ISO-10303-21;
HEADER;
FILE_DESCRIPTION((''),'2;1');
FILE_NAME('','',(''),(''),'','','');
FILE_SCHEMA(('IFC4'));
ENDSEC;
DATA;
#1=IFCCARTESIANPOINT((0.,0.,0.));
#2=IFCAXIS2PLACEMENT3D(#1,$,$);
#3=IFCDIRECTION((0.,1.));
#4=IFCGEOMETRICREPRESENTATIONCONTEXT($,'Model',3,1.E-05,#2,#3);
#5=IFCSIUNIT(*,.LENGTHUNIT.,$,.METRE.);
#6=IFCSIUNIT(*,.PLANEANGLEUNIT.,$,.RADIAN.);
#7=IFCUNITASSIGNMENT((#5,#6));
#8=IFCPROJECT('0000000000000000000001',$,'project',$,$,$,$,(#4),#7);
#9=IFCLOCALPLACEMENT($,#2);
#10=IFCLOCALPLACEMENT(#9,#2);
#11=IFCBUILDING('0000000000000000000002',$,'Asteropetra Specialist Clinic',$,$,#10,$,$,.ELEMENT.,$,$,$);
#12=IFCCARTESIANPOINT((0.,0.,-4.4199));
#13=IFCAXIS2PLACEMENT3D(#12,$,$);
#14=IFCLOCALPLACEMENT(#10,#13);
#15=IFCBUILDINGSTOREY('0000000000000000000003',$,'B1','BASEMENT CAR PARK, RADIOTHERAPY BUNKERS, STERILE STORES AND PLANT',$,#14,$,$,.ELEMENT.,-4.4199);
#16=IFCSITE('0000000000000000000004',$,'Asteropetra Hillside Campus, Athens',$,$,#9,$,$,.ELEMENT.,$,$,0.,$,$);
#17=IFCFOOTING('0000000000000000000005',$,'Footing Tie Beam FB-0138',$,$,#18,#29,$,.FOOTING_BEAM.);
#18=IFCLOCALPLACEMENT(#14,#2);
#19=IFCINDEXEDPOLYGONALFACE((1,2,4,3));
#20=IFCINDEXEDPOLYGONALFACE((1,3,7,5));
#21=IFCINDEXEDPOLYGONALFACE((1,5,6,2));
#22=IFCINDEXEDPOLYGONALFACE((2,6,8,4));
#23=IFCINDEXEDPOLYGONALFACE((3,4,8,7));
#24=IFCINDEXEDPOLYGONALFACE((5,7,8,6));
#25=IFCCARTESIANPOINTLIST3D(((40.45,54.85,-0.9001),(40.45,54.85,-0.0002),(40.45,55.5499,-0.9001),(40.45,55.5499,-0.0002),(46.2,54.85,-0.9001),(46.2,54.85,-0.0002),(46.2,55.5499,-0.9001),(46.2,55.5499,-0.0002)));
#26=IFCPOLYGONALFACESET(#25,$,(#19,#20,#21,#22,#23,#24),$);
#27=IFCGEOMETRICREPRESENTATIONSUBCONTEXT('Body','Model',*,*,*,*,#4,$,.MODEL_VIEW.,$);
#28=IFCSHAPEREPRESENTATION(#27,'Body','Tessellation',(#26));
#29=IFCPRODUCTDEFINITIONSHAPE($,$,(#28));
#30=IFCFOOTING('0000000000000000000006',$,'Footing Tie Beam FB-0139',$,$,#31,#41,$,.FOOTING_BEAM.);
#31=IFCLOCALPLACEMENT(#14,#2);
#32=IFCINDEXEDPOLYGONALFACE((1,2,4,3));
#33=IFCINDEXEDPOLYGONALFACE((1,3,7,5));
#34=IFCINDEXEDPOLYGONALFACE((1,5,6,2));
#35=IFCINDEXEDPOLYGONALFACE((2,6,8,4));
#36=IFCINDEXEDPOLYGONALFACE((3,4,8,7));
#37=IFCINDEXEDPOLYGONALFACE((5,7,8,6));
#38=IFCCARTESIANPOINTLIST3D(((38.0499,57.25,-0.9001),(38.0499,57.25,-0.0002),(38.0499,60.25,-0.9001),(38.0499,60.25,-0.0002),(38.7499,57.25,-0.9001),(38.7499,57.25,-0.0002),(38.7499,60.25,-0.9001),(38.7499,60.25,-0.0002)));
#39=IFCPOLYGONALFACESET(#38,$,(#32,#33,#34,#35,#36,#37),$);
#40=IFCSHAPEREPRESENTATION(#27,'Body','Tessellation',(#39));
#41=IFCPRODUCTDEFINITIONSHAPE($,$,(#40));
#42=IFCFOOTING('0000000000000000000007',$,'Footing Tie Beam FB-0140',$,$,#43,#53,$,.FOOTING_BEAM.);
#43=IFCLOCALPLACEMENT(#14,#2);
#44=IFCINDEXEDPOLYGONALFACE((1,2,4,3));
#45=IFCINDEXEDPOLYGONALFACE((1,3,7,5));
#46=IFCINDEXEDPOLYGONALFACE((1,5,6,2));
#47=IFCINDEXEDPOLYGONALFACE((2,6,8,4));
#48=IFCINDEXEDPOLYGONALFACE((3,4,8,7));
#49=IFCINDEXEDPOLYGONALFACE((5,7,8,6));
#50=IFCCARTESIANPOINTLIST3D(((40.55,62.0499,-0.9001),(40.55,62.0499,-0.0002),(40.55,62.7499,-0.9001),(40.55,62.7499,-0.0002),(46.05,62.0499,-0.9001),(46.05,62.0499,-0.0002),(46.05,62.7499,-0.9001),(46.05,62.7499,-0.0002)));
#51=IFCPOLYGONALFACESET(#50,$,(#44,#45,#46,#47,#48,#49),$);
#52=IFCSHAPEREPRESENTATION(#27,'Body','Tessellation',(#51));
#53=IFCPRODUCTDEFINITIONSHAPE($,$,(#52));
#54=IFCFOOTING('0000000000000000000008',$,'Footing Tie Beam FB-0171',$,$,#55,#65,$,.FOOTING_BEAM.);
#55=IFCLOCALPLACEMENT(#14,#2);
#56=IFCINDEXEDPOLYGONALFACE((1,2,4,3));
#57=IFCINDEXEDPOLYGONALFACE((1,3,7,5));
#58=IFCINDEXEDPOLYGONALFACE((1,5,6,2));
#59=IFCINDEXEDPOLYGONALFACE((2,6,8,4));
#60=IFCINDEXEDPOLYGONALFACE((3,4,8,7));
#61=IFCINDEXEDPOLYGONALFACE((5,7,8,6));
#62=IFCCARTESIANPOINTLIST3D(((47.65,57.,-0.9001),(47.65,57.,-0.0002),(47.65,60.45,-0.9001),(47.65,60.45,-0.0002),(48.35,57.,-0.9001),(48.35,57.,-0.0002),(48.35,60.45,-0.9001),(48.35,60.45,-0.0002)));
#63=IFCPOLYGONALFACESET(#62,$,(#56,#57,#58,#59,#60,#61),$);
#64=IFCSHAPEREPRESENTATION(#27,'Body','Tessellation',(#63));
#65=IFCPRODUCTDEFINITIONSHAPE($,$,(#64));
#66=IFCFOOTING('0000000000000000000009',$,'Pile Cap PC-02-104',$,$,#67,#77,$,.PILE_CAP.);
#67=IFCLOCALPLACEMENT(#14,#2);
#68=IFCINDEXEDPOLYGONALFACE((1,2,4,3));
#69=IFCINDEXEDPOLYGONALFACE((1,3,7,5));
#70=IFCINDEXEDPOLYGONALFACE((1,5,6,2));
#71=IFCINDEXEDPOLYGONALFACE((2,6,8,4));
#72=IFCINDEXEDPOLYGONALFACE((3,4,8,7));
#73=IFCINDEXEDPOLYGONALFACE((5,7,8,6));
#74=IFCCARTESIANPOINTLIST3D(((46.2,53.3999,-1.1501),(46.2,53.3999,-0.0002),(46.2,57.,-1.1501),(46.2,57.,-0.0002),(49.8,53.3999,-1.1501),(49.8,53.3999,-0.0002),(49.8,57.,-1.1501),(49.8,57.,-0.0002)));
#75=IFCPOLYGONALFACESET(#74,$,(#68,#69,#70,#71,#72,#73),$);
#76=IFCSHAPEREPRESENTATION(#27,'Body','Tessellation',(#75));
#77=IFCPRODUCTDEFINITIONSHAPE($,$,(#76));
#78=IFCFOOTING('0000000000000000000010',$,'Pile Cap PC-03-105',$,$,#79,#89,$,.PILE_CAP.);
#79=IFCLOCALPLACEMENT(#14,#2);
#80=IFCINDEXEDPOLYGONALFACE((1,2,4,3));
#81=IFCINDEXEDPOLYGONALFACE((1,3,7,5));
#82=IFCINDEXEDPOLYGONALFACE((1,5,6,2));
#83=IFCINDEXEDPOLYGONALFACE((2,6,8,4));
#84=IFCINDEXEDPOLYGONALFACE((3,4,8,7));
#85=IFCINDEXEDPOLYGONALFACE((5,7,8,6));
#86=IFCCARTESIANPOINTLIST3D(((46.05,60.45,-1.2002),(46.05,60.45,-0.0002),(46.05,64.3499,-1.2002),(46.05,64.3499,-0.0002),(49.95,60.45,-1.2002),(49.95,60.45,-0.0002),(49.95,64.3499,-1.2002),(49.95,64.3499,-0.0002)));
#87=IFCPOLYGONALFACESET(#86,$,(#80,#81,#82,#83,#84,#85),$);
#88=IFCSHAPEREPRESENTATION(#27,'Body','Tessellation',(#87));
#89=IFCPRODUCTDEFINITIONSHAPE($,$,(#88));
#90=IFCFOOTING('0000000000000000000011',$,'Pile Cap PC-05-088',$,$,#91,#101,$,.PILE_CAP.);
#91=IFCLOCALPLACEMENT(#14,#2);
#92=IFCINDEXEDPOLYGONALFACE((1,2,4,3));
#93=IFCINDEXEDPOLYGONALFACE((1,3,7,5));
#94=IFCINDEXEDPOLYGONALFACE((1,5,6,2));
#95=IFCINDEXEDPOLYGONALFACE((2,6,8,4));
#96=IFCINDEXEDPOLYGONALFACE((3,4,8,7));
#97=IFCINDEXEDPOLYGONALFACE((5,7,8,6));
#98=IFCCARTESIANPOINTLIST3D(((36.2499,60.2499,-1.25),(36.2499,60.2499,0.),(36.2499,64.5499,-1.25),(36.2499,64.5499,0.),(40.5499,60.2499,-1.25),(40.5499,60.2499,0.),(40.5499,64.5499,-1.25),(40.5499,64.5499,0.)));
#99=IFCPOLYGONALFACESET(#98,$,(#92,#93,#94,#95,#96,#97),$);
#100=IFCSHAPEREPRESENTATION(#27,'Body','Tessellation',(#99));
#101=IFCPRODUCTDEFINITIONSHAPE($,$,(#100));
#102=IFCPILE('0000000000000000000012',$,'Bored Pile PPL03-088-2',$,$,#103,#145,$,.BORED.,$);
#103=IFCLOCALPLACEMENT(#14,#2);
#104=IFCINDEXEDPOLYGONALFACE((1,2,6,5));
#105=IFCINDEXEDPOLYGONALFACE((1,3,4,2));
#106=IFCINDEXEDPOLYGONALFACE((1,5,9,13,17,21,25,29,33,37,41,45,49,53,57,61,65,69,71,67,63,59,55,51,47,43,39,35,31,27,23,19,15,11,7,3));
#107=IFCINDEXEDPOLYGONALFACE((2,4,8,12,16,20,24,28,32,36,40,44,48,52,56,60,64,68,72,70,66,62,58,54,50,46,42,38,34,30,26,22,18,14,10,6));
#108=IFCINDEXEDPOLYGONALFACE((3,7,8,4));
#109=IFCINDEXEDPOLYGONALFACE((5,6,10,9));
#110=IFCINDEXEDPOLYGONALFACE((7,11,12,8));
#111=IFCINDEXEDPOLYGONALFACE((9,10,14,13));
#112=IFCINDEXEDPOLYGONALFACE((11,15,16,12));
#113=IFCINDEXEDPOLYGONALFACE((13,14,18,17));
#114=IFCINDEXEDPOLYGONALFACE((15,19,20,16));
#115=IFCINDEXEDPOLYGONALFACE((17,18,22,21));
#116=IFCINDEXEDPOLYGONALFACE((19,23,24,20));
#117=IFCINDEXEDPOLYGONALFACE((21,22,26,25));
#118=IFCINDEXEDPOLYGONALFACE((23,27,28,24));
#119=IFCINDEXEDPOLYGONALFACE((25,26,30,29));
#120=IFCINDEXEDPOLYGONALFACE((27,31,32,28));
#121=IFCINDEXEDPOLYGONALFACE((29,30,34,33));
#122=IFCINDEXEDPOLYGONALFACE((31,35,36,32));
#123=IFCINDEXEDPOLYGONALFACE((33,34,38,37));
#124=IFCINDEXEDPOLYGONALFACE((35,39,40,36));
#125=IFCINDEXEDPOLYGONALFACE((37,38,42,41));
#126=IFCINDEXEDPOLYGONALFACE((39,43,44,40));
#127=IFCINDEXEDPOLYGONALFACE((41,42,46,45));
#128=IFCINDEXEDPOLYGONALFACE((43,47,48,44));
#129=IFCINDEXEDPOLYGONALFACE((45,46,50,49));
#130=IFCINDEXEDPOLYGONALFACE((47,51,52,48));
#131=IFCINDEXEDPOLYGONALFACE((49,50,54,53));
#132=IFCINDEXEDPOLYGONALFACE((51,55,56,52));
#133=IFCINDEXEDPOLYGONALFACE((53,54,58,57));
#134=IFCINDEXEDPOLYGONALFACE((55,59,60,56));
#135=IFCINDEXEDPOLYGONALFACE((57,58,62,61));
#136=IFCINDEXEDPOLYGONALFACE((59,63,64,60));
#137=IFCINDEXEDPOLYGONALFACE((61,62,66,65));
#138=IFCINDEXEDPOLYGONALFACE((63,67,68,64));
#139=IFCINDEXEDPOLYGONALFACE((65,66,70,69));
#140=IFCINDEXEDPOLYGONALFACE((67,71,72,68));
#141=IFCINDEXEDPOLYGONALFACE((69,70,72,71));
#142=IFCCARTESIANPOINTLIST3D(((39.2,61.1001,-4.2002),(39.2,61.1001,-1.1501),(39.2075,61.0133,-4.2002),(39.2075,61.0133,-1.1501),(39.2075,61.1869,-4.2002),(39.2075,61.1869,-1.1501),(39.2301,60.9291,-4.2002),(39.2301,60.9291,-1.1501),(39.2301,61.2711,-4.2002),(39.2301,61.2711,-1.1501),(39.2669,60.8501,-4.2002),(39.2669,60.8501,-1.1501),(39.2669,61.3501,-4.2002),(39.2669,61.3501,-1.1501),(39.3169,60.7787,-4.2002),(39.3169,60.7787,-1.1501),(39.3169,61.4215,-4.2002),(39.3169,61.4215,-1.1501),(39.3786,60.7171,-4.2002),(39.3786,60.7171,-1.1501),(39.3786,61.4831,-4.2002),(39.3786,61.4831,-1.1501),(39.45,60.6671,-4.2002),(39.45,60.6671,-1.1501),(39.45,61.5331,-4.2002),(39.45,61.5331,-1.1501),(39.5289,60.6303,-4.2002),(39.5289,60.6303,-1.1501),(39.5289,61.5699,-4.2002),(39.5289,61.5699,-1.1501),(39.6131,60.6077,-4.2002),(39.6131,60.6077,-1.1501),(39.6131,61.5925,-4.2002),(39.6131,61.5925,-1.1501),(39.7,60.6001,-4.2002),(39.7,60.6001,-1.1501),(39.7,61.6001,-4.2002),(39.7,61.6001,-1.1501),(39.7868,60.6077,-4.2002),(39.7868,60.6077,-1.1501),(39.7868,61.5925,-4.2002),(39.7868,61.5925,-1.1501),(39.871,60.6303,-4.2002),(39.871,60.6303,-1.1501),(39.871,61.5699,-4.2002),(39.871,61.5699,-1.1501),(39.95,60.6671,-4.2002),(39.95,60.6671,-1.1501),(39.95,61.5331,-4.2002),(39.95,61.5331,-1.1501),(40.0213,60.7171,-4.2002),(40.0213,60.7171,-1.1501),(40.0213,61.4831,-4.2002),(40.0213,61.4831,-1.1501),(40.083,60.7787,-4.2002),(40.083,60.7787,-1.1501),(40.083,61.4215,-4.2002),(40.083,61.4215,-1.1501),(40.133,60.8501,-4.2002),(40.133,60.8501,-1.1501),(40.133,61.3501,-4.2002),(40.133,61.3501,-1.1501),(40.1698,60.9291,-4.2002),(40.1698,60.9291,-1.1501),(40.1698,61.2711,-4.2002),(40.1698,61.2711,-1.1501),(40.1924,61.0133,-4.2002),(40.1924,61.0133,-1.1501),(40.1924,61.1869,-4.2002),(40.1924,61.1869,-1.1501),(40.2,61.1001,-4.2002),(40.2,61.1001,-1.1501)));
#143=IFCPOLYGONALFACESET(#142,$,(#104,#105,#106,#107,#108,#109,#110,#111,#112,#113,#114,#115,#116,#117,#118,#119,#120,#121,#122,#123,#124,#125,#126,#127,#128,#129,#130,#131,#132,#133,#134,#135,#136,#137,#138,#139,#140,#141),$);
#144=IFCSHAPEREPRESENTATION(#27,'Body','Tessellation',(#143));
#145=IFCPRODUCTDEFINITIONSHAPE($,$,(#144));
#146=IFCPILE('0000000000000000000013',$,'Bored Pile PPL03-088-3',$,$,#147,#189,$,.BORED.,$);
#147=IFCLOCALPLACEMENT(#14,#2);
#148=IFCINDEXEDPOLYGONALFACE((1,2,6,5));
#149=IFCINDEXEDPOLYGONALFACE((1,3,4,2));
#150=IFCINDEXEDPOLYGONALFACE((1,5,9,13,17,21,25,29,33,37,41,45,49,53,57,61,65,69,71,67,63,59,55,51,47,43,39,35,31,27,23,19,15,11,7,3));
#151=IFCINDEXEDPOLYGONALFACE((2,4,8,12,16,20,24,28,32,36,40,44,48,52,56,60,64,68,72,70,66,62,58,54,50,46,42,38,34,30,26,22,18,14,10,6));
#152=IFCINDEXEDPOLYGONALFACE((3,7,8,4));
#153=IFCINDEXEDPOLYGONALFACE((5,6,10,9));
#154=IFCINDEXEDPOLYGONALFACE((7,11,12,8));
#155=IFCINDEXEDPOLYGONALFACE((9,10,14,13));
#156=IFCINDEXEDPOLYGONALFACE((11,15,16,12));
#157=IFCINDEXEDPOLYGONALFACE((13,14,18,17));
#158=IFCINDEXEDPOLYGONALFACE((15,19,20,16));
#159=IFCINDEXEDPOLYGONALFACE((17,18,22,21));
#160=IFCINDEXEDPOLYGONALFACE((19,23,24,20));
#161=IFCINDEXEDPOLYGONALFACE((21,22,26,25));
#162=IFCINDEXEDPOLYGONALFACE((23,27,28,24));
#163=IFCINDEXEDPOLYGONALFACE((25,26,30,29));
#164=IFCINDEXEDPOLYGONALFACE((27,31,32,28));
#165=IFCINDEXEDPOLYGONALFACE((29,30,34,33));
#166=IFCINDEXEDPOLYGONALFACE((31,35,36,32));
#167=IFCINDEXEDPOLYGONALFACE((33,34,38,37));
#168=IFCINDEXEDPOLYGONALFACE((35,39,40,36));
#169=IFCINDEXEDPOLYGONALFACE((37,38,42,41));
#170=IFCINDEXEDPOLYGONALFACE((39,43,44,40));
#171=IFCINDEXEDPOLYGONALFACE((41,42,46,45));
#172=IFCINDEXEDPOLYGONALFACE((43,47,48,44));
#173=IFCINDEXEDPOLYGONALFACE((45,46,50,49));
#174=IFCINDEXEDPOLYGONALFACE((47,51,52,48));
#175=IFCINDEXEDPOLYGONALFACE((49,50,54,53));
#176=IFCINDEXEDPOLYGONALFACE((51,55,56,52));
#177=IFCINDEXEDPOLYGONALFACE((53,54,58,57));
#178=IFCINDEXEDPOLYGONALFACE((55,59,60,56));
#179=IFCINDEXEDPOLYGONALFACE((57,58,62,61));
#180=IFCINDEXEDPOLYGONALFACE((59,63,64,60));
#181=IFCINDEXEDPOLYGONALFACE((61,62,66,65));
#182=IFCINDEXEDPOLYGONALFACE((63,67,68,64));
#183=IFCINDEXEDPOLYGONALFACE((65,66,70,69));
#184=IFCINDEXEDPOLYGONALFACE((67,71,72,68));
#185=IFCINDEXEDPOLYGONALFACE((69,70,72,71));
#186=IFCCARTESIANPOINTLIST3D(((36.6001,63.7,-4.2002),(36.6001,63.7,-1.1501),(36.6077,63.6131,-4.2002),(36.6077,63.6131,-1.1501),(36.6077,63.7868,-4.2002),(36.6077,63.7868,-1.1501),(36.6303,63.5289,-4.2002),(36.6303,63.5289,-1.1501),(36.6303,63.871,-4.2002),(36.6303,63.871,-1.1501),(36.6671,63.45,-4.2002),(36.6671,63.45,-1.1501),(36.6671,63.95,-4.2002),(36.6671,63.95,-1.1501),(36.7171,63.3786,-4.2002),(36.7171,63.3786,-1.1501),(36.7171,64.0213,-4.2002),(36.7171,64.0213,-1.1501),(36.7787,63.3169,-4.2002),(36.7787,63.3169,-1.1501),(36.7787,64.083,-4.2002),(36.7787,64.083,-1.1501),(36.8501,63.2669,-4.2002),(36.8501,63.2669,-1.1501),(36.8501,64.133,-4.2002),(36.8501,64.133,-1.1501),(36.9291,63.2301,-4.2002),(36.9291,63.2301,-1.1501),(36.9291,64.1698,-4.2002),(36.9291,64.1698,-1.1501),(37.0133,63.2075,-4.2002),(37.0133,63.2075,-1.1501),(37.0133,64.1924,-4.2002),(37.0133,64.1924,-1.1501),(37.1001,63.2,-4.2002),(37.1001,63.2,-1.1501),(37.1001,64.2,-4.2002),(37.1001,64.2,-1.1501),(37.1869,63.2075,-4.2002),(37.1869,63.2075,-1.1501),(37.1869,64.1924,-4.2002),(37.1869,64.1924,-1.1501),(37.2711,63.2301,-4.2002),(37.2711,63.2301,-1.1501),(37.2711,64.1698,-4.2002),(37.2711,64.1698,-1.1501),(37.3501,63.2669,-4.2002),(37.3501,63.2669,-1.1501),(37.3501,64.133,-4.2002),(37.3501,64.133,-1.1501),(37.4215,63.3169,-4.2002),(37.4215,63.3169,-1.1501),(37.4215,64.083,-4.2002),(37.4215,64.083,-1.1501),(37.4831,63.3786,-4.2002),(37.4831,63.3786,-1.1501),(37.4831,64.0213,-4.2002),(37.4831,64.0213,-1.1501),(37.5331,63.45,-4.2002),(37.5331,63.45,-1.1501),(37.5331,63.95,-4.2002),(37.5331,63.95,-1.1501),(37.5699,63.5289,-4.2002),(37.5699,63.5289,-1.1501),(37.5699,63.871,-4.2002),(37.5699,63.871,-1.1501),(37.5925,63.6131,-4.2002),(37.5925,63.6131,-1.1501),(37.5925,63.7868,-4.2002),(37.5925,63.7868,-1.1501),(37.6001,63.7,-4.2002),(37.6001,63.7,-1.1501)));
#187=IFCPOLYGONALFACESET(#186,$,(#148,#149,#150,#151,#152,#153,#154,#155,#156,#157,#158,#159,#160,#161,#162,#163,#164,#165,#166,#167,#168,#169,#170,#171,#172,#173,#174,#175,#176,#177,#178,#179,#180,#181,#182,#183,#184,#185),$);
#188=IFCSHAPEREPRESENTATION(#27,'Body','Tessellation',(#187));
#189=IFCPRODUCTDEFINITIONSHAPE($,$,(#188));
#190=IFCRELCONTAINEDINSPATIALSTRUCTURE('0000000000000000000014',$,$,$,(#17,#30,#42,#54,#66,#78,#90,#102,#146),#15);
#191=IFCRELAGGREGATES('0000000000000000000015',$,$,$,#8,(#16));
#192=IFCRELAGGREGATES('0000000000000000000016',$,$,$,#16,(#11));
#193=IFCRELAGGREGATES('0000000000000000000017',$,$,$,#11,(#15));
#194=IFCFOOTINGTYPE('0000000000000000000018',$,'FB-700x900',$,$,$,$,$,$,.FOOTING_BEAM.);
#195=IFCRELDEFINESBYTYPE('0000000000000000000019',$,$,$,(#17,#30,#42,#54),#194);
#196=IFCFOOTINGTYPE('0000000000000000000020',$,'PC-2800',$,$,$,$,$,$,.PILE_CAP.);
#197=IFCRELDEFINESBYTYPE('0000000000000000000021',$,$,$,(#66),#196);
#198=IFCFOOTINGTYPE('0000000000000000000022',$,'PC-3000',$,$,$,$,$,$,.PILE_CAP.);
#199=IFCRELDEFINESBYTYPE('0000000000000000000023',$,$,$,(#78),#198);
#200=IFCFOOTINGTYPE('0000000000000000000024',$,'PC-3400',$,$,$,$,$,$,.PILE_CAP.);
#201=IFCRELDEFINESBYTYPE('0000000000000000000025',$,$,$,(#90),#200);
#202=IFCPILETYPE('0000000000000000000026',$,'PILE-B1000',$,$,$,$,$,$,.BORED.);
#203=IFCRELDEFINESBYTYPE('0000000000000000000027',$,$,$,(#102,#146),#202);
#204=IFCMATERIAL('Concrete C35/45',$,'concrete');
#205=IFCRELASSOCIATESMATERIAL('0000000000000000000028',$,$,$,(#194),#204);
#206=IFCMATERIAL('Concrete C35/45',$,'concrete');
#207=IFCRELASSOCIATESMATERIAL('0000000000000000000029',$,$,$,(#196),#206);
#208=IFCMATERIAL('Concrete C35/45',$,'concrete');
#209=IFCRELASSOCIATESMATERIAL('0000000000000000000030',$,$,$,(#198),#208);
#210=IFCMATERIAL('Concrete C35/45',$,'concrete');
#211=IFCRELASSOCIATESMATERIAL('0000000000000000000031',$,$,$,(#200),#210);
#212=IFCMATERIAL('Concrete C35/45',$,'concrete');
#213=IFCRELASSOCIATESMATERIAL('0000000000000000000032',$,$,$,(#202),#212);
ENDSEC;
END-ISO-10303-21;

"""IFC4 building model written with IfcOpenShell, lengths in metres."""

from ifc_helpers import new_model, si_unit, direction, frame, origin, origin_2d, place, context, subcontext, project, spatial, rectangle, circle, extrude, material, material_profile, profile_set, type_object, element, save


model = new_model("IFC4")

# Units and contexts
model_context = context("Model", 3, precision=1e-05, world=origin(), true_north=direction((0.0, 1.0)))
body_context = subcontext(model_context, "Body", "Model", "MODEL_VIEW")
ifc_project = project(units=[si_unit("LENGTHUNIT", "METRE"), si_unit("PLANEANGLEUNIT", "RADIAN")], contexts=[model_context])

# Site, building, storey
site_placement = place(None, origin())
site = spatial("IfcSite", under=ifc_project, at=site_placement, Name="Asteropetra Hillside Campus, Athens", CompositionType="ELEMENT", RefElevation=0.0)
building_placement = place(site_placement, origin())
building = spatial("IfcBuilding", under=site, at=building_placement, Name="Asteropetra Specialist Clinic", CompositionType="ELEMENT")
storey_placement = place(building_placement, frame((0.0, 0.0, -4.4199)))
storey = spatial("IfcBuildingStorey", under=building, at=storey_placement, Name="B1", Description="BASEMENT CAR PARK, RADIOTHERAPY BUNKERS, STERILE STORES AND PLANT", CompositionType="ELEMENT", Elevation=-4.4199)

# Footings
ifc_material_1 = material(Name="Concrete C35/45", Category="concrete")
ifc_material_profile_1 = material_profile(ifc_material_1, rectangle(XDim=0.7, YDim=0.8999, at=origin_2d()), Name="FB 700x900")
ifc_profile_set_1 = profile_set([ifc_material_profile_1], Name="Concrete C35/45")
footing_type_1 = type_object("IfcFootingType", Name="FB-700x900", PredefinedType="FOOTING_BEAM", material=ifc_profile_set_1)
footing_1_placement = place(storey_placement, frame((40.45, 55.2, -0.4502), z_axis=(1.0, 0.0, 0.0), x_axis=(0.0, 1.0, 0.0)))
element("IfcFooting", 1, at=footing_1_placement, inside=storey, type_object=footing_type_1, Name="Footing Tie Beam FB-0138", PredefinedType="FOOTING_BEAM", context=body_context, shape_type="SweptSolid", body=[
    extrude(rectangle(XDim=0.7, YDim=0.8999, at=origin_2d()), origin(), (0.0, 0.0, 1.0), 5.75),
])
footing_2_placement = place(storey_placement, frame((38.3999, 57.25, -0.4502), z_axis=(0.0, 1.0, 0.0), x_axis=(-1.0, 0.0, 0.0)))
element("IfcFooting", 2, at=footing_2_placement, inside=storey, type_object=footing_type_1, Name="Footing Tie Beam FB-0139", PredefinedType="FOOTING_BEAM", context=body_context, shape_type="SweptSolid", body=[
    extrude(rectangle(XDim=0.7, YDim=0.8999, at=origin_2d()), origin(), (0.0, 0.0, 1.0), 3.0),
])
footing_3_placement = place(storey_placement, frame((40.55, 62.3999, -0.4502), z_axis=(1.0, 0.0, 0.0), x_axis=(0.0, 1.0, 0.0)))
element("IfcFooting", 3, at=footing_3_placement, inside=storey, type_object=footing_type_1, Name="Footing Tie Beam FB-0140", PredefinedType="FOOTING_BEAM", context=body_context, shape_type="SweptSolid", body=[
    extrude(rectangle(XDim=0.7, YDim=0.8999, at=origin_2d()), origin(), (0.0, 0.0, 1.0), 5.5),
])
footing_4_placement = place(storey_placement, frame((48.0, 57.0, -0.4502), z_axis=(0.0, 1.0, 0.0), x_axis=(-1.0, 0.0, 0.0)))
element("IfcFooting", 4, at=footing_4_placement, inside=storey, type_object=footing_type_1, Name="Footing Tie Beam FB-0171", PredefinedType="FOOTING_BEAM", context=body_context, shape_type="SweptSolid", body=[
    extrude(rectangle(XDim=0.7, YDim=0.8999, at=origin_2d()), origin(), (0.0, 0.0, 1.0), 3.45),
])
ifc_material_2 = material(Name="Concrete C35/45", Category="concrete")
footing_type_2 = type_object("IfcFootingType", Name="PC-2800", PredefinedType="PILE_CAP", material=ifc_material_2)
footing_5_placement = place(storey_placement, frame((48.0, 55.2, -1.1501), z_axis=(0.0, 0.0, 1.0), x_axis=(1.0, 0.0, 0.0)))
element("IfcFooting", 5, at=footing_5_placement, inside=storey, type_object=footing_type_2, Name="Pile Cap PC-02-104", PredefinedType="PILE_CAP", context=body_context, shape_type="SweptSolid", body=[
    extrude(rectangle(XDim=3.6001, YDim=3.6001, at=origin_2d()), origin(), (0.0, 0.0, 1.0), 1.1499),
])
ifc_material_3 = material(Name="Concrete C35/45", Category="concrete")
footing_type_3 = type_object("IfcFootingType", Name="PC-3000", PredefinedType="PILE_CAP", material=ifc_material_3)
footing_6_placement = place(storey_placement, frame((48.0, 62.3999, -1.2002), z_axis=(0.0, 0.0, 1.0), x_axis=(1.0, 0.0, 0.0)))
element("IfcFooting", 6, at=footing_6_placement, inside=storey, type_object=footing_type_3, Name="Pile Cap PC-03-105", PredefinedType="PILE_CAP", context=body_context, shape_type="SweptSolid", body=[
    extrude(rectangle(XDim=3.8999, YDim=3.8999, at=origin_2d()), origin(), (0.0, 0.0, 1.0), 1.2),
])
ifc_material_4 = material(Name="Concrete C35/45", Category="concrete")
footing_type_4 = type_object("IfcFootingType", Name="PC-3400", PredefinedType="PILE_CAP", material=ifc_material_4)
footing_7_placement = place(storey_placement, frame((38.3999, 62.3999, -1.25), z_axis=(0.0, 0.0, 1.0), x_axis=(1.0, 0.0, 0.0)))
element("IfcFooting", 7, at=footing_7_placement, inside=storey, type_object=footing_type_4, Name="Pile Cap PC-05-088", PredefinedType="PILE_CAP", context=body_context, shape_type="SweptSolid", body=[
    extrude(rectangle(XDim=4.3, YDim=4.3, at=origin_2d()), origin(), (0.0, 0.0, 1.0), 1.25),
])

# Piles
ifc_material_5 = material(Name="Concrete C35/45", Category="concrete")
ifc_material_profile_2 = material_profile(ifc_material_5, circle(Radius=0.5, at=origin_2d()), Name="PILE D1000")
ifc_profile_set_2 = profile_set([ifc_material_profile_2], Name="Concrete C35/45")
pile_type_1 = type_object("IfcPileType", Name="PILE-B1000", PredefinedType="BORED", material=ifc_profile_set_2)
for number, where, z_axis, x_axis, name in (
    (8, (39.7, 61.1001, -1.1501), (0.0, 0.0, -1.0), (1.0, 0.0, 0.0), "Bored Pile PPL03-088-2"),
    (9, (37.1001, 63.7, -1.1501), (0.0, 0.0, -1.0), (1.0, 0.0, 0.0), "Bored Pile PPL03-088-3"),
):
    element("IfcPile", number, at=place(storey_placement, frame(where, z_axis=z_axis, x_axis=x_axis)), inside=storey, type_object=pile_type_1, Name=name, PredefinedType="BORED", context=body_context, shape_type="SweptSolid", body=[
        extrude(circle(Radius=0.5, at=origin_2d()), origin(), (0.0, 0.0, 1.0), 3.05),
    ])

save(model, "model.ifc")
